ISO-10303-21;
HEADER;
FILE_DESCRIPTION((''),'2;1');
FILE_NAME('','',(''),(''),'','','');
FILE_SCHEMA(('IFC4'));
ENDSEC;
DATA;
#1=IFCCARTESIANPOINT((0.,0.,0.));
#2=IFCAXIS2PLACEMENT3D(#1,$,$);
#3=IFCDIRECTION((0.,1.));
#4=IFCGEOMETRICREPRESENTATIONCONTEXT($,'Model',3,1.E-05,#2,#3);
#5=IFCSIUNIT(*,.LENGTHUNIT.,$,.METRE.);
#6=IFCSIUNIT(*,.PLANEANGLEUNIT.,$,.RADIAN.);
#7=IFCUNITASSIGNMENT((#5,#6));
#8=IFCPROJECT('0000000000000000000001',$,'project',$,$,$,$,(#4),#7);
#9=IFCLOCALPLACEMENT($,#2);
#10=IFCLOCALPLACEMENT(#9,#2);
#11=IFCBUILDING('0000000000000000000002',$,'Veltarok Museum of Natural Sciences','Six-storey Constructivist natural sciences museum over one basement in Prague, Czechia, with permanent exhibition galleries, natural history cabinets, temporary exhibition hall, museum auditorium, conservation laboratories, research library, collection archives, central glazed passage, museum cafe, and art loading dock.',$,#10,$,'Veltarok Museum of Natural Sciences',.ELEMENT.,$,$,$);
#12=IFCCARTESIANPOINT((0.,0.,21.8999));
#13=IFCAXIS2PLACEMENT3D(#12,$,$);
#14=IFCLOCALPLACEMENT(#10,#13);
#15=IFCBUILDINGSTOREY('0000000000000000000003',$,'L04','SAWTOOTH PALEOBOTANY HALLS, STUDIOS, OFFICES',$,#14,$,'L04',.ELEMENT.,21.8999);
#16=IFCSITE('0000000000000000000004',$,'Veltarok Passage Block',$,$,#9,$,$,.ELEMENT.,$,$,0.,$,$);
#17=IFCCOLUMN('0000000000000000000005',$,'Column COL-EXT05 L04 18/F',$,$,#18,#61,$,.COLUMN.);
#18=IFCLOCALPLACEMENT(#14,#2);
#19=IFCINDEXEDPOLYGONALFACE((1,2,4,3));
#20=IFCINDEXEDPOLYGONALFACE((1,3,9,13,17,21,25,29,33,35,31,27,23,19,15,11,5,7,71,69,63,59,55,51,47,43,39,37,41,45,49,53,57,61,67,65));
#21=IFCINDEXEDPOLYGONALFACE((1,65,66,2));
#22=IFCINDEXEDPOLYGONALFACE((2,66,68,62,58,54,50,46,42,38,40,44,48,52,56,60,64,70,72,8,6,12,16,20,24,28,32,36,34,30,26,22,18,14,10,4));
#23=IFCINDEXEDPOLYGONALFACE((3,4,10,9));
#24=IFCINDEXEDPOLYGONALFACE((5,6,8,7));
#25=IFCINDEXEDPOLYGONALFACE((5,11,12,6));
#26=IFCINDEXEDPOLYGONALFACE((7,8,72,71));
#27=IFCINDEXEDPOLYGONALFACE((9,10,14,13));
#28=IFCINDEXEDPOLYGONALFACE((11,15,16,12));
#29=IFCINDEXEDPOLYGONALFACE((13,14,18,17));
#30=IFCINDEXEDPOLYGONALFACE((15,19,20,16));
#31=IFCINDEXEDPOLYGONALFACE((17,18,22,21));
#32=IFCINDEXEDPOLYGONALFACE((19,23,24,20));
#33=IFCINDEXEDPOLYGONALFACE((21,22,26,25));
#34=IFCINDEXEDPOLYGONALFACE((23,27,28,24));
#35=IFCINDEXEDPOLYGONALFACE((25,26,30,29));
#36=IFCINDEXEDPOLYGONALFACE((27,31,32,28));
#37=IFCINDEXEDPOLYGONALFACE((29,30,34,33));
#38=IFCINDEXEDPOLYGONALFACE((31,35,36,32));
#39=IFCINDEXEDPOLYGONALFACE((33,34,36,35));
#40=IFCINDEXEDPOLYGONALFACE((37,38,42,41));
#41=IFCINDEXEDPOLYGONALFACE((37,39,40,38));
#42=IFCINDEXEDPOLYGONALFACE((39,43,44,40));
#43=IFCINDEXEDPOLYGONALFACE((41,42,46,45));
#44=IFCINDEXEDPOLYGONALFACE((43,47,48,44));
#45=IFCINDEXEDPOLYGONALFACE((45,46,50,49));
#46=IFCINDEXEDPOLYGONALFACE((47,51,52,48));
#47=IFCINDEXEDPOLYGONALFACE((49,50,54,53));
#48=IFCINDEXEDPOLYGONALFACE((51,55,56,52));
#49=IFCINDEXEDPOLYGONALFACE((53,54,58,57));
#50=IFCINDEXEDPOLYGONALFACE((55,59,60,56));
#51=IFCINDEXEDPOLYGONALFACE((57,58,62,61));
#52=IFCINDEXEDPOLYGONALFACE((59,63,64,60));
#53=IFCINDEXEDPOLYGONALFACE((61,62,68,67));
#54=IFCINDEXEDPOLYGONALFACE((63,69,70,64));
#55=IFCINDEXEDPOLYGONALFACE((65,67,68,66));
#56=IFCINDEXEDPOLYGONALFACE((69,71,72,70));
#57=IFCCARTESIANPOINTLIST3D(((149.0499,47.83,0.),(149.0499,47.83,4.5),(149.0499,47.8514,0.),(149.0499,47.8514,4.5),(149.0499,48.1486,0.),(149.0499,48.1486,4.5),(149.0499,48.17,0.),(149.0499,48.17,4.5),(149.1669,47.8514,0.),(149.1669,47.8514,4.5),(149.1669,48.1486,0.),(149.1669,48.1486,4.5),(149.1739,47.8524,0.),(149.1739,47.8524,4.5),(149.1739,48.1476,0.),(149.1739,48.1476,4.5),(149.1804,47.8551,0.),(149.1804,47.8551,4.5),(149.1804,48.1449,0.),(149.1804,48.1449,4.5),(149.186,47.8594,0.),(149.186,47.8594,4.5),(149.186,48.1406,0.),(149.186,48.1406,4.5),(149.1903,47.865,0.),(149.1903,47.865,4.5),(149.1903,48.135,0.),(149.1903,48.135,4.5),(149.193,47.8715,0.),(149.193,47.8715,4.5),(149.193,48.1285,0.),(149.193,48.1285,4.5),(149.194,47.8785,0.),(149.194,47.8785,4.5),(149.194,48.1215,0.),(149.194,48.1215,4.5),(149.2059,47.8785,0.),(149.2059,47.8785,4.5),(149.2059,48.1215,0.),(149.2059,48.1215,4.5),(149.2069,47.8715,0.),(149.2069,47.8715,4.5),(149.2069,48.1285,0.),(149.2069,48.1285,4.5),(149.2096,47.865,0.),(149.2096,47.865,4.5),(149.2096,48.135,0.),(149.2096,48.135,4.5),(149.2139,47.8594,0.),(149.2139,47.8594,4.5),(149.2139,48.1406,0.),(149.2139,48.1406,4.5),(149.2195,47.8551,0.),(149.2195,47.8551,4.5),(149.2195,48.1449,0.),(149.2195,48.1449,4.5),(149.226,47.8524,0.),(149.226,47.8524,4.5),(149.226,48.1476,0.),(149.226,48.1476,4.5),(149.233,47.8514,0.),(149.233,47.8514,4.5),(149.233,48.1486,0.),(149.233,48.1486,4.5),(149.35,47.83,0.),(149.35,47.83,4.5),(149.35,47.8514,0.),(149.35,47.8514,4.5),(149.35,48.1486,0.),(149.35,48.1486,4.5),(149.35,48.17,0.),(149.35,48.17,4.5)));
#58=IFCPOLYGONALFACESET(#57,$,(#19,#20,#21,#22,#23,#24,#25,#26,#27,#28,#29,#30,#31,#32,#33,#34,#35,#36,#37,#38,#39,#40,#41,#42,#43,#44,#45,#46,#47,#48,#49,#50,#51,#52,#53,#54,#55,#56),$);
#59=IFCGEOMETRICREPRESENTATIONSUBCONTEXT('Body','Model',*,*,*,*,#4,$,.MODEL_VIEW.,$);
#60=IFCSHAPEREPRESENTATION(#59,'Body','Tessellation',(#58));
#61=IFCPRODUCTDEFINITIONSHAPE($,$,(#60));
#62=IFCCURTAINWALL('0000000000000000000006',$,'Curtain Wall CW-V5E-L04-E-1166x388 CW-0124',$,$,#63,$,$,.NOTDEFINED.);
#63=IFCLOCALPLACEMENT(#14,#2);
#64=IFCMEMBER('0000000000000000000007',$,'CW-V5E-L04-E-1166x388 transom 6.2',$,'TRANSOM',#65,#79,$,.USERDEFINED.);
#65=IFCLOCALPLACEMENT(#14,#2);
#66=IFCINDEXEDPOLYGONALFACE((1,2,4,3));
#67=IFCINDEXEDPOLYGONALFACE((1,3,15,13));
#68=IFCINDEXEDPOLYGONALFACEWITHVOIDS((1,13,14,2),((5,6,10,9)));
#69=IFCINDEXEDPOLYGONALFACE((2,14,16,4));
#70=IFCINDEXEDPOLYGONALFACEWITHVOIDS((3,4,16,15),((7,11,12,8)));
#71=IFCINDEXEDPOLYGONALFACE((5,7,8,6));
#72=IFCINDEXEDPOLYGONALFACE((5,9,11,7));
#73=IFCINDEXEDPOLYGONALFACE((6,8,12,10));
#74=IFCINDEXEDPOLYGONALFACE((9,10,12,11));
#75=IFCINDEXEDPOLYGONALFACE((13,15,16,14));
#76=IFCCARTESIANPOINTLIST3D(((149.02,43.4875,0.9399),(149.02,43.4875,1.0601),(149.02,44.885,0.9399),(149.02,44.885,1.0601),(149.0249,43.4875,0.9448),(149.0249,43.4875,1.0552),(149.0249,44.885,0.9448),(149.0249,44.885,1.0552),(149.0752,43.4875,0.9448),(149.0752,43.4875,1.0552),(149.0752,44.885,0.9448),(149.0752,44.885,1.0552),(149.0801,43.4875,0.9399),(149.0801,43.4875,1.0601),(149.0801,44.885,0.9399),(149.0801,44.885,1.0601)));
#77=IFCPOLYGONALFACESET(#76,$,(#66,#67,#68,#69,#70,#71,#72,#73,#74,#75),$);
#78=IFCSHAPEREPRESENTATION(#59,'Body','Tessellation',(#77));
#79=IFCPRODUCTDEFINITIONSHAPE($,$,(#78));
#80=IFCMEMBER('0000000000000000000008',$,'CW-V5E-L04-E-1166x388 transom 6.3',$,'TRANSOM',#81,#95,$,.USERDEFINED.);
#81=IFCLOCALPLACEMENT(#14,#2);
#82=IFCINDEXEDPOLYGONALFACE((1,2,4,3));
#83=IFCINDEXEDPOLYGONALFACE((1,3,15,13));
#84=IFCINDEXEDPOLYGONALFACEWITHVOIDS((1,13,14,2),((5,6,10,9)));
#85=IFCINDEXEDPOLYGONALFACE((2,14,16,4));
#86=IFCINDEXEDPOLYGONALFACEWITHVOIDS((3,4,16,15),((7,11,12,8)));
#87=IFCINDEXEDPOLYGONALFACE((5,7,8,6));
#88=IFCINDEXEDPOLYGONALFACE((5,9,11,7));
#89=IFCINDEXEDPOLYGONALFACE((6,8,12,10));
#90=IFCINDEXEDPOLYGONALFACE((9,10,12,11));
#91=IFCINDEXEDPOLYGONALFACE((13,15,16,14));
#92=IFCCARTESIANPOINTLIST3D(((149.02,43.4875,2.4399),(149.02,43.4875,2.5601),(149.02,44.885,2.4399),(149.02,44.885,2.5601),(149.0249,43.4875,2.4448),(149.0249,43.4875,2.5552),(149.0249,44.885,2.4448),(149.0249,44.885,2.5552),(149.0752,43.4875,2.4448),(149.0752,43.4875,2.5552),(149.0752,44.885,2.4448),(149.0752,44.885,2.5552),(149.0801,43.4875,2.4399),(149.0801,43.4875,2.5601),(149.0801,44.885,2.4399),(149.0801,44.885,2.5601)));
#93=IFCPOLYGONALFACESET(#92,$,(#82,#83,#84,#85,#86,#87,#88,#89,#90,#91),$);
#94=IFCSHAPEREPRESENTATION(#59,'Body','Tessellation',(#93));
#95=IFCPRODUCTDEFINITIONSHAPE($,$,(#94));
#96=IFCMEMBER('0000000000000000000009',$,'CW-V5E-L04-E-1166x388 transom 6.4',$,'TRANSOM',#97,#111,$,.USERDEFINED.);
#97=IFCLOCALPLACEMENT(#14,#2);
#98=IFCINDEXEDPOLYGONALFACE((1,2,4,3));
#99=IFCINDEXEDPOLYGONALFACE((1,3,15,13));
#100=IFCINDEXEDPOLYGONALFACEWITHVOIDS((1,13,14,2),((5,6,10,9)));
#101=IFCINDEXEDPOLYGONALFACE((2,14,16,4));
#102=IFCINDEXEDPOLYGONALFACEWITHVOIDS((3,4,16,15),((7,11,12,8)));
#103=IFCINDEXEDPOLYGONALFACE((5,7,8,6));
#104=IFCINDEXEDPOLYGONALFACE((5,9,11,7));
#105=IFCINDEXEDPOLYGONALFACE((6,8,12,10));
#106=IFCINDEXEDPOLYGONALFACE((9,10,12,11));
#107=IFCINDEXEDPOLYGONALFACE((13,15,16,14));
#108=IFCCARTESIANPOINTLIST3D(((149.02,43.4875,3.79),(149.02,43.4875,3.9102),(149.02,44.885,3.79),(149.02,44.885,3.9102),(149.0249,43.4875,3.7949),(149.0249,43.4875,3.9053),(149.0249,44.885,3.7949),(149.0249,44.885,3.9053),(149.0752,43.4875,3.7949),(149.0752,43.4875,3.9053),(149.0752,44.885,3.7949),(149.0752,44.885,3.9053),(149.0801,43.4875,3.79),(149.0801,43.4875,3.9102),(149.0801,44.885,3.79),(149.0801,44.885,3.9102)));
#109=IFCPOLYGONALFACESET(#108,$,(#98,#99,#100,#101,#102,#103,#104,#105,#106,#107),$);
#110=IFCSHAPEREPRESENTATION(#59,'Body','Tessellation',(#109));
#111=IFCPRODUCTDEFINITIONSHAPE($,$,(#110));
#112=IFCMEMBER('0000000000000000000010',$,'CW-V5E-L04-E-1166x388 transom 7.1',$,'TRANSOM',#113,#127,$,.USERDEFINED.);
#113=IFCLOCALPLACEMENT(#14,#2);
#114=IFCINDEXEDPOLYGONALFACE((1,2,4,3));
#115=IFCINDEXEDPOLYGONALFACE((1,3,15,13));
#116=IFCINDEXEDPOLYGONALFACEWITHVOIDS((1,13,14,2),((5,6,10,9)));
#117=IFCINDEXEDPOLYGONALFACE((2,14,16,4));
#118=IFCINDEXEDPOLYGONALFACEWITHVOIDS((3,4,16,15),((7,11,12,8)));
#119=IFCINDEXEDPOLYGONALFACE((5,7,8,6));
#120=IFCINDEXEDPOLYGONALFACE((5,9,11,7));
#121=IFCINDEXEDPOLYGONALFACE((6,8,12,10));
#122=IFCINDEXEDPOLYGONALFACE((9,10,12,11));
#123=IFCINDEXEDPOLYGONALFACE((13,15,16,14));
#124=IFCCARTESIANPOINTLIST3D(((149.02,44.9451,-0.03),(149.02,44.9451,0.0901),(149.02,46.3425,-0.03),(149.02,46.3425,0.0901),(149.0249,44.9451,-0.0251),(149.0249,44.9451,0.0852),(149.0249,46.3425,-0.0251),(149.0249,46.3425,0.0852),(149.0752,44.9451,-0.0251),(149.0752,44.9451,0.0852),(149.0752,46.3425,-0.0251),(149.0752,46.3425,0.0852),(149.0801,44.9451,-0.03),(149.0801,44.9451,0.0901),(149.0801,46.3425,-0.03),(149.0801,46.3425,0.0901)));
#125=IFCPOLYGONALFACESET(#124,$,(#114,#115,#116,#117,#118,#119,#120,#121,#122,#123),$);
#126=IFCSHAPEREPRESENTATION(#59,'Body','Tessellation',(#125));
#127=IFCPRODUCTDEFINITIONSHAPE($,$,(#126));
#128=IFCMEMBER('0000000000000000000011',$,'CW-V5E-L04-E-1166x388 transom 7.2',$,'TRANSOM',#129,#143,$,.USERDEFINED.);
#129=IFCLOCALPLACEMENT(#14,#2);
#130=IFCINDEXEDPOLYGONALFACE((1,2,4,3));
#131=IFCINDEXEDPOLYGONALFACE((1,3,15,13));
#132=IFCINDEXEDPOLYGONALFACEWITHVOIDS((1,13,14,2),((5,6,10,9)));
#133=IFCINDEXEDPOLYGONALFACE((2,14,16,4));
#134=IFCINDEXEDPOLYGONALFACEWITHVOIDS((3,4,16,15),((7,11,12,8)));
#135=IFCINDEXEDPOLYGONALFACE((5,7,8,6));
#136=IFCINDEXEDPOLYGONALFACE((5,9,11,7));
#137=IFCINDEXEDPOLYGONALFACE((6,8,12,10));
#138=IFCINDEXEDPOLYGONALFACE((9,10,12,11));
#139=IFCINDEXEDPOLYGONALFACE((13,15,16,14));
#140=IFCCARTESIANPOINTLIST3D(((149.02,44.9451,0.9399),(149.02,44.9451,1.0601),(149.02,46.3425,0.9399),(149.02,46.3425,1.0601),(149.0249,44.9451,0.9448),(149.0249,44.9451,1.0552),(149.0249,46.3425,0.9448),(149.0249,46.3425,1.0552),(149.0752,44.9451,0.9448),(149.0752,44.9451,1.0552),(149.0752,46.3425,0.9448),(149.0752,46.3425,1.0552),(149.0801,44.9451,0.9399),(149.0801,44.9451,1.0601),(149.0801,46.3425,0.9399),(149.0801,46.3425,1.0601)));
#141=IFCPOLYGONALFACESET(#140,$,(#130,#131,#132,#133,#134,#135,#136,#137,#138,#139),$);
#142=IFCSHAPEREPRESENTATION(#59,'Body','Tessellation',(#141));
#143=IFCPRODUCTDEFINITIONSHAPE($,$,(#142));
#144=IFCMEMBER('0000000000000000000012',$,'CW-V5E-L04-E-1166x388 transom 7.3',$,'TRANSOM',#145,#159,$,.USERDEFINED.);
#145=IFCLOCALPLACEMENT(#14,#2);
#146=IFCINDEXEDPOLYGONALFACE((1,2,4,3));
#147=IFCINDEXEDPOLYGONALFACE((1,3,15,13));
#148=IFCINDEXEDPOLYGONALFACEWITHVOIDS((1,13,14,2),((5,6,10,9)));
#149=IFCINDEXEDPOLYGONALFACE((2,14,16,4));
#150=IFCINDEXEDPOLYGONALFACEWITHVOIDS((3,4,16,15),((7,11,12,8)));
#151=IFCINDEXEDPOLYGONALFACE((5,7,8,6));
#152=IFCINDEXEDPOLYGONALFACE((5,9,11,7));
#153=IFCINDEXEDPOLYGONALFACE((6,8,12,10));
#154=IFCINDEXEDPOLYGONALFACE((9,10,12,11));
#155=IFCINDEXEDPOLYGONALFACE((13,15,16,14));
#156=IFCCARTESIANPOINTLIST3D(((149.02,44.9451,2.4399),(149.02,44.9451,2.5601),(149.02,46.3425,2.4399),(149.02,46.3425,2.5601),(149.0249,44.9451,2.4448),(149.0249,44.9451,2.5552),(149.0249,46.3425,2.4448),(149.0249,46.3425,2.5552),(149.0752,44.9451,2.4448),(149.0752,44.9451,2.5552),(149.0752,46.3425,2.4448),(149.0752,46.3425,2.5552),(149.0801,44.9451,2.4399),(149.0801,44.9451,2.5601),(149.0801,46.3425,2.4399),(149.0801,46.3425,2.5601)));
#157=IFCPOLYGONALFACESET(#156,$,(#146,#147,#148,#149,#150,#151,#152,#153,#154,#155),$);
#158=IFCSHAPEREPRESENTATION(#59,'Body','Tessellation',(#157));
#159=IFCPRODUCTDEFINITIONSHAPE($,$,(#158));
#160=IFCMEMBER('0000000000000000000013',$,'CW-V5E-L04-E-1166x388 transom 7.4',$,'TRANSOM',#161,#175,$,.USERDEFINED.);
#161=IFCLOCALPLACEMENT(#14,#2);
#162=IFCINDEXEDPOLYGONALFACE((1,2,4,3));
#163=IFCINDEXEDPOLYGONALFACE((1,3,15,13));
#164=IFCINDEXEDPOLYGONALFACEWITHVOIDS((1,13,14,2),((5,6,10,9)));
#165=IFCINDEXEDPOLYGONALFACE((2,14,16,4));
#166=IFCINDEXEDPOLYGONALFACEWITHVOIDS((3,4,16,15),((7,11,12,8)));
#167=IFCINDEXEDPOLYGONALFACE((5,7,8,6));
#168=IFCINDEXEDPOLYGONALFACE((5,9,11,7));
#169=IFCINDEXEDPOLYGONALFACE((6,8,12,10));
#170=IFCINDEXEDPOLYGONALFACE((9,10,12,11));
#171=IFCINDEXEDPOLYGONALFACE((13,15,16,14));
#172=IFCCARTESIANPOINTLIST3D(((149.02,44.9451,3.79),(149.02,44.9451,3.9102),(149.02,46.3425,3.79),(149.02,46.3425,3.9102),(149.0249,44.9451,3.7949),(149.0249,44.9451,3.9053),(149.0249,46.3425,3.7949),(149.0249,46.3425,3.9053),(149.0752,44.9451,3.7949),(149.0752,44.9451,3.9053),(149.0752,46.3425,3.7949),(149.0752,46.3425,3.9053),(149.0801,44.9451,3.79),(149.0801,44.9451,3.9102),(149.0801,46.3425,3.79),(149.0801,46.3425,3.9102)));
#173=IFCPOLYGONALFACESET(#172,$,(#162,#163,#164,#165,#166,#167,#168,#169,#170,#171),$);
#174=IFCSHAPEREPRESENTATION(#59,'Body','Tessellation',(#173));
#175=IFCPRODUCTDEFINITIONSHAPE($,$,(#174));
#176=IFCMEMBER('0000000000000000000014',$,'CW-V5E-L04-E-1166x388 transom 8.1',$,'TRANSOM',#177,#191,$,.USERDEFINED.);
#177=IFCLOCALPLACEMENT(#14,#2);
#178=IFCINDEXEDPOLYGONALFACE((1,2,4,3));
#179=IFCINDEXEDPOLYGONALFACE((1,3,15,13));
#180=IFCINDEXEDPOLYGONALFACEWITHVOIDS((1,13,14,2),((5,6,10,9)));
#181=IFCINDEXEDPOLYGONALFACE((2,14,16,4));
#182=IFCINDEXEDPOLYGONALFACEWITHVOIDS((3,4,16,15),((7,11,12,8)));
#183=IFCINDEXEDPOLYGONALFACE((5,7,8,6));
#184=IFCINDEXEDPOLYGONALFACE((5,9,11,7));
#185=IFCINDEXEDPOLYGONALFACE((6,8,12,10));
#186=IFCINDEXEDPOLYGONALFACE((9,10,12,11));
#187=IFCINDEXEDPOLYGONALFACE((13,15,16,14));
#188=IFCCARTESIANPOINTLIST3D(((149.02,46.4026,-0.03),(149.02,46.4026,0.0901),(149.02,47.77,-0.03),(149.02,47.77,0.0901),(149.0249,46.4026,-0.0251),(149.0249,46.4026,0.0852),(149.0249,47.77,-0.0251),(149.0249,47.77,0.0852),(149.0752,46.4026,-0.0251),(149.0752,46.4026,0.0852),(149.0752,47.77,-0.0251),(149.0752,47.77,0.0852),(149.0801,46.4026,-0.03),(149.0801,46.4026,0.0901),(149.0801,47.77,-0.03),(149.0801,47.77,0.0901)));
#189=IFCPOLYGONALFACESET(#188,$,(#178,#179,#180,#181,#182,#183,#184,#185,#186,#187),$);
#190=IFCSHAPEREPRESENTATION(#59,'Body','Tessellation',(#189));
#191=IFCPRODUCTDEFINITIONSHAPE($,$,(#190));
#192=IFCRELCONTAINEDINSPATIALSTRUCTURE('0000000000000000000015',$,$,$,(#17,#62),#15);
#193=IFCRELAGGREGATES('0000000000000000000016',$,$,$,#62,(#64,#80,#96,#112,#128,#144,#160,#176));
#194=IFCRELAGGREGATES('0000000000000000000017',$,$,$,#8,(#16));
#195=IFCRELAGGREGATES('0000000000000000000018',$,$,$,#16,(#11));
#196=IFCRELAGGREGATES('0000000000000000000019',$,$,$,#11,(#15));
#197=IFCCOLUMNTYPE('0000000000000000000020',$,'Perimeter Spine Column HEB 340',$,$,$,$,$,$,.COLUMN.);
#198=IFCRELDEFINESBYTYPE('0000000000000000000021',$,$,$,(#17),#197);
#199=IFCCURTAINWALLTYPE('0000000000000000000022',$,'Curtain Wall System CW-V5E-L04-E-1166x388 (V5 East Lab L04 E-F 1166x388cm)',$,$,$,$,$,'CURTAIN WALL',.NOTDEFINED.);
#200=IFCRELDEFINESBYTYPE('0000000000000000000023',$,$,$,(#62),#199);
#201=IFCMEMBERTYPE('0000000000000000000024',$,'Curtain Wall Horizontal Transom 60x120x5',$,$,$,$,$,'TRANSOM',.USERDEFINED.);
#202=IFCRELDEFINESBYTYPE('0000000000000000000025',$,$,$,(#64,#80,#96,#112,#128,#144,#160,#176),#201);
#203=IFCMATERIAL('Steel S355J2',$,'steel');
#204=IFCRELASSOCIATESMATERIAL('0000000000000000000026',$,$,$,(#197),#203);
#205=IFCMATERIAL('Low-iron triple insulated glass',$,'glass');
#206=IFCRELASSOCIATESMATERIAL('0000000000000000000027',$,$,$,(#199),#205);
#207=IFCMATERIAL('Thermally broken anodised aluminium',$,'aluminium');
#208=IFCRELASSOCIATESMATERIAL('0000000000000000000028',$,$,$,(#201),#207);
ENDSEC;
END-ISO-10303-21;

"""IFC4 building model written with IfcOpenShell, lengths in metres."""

from ifc_helpers import new_model, si_unit, direction, frame, origin, origin_2d, place, context, subcontext, project, spatial, hollow_rectangle, i_section, extrude, material, material_profile, profile_set, type_object, element, aggregate, save


model = new_model("IFC4")

# Units and contexts
model_context = context("Model", 3, precision=1e-05, world=origin(), true_north=direction((0.0, 1.0)))
body_context = subcontext(model_context, "Body", "Model", "MODEL_VIEW")
ifc_project = project(units=[si_unit("LENGTHUNIT", "METRE"), si_unit("PLANEANGLEUNIT", "RADIAN")], contexts=[model_context])

# Site, building, storey
site_placement = place(None, origin())
site = spatial("IfcSite", under=ifc_project, at=site_placement, Name="Veltarok Passage Block", CompositionType="ELEMENT", RefElevation=0.0)
building_placement = place(site_placement, origin())
building = spatial("IfcBuilding", under=site, at=building_placement, Name="Veltarok Museum of Natural Sciences", Description="Six-storey Constructivist natural sciences museum over one basement in Prague, Czechia, with permanent exhibition galleries, natural history cabinets, temporary exhibition hall, museum auditorium, conservation laboratories, research library, collection archives, central glazed passage, museum cafe, and art loading dock.", LongName="Veltarok Museum of Natural Sciences", CompositionType="ELEMENT")
storey_placement = place(building_placement, frame((0.0, 0.0, 21.8999)))
storey = spatial("IfcBuildingStorey", under=building, at=storey_placement, Name="L04", Description="SAWTOOTH PALEOBOTANY HALLS, STUDIOS, OFFICES", LongName="L04", CompositionType="ELEMENT", Elevation=21.8999)

# Column
ifc_material_1 = material(Name="Steel S355J2", Category="steel")
ifc_material_profile_1 = material_profile(ifc_material_1, i_section(OverallWidth=0.3, OverallDepth=0.3401, WebThickness=0.012, FlangeThickness=0.0215, FilletRadius=0.0271, at=origin_2d()), Name="HEB 340")
ifc_profile_set_1 = profile_set([ifc_material_profile_1], Name="Steel S355J2")
column_type = type_object("IfcColumnType", Name="Perimeter Spine Column HEB 340", PredefinedType="COLUMN", material=ifc_profile_set_1)
column_placement = place(storey_placement, frame((149.2, 48.0, 0.0), z_axis=(0.0, 0.0, 1.0), x_axis=(1.0, 0.0, 0.0)))
element("IfcColumn", 1, at=column_placement, inside=storey, type_object=column_type, Name="Column COL-EXT05 L04 18/F", PredefinedType="COLUMN", context=body_context, shape_type="SweptSolid", body=[
    extrude(i_section(OverallWidth=0.3, OverallDepth=0.3401, WebThickness=0.012, FlangeThickness=0.0215, FilletRadius=0.0271, at=origin_2d()), origin(), (0.0, 0.0, 1.0), 4.5),
])

# Curtain wall, members
ifc_material_2 = material(Name="Low-iron triple insulated glass", Category="glass")
curtain_wall_type = type_object("IfcCurtainWallType", Name="Curtain Wall System CW-V5E-L04-E-1166x388 (V5 East Lab L04 E-F 1166x388cm)", ElementType="CURTAIN WALL", PredefinedType="NOTDEFINED", material=ifc_material_2)
curtain_wall_placement = place(storey_placement, origin())
curtain_wall = element("IfcCurtainWall", 2, at=curtain_wall_placement, inside=storey, type_object=curtain_wall_type, Name="Curtain Wall CW-V5E-L04-E-1166x388 CW-0124", PredefinedType="NOTDEFINED")
ifc_material_3 = material(Name="Thermally broken anodised aluminium", Category="aluminium")
ifc_material_profile_2 = material_profile(ifc_material_3, hollow_rectangle(XDim=0.0601, YDim=0.1201, WallThickness=0.0049, at=origin_2d()), Name="CW TRANSOM 60x120x5")
ifc_profile_set_2 = profile_set([ifc_material_profile_2], Name="Thermally broken anodised aluminium")
member_type_1 = type_object("IfcMemberType", Name="Curtain Wall Horizontal Transom 60x120x5", ElementType="TRANSOM", PredefinedType="USERDEFINED", material=ifc_profile_set_2)
member_1_placement = place(storey_placement, frame((149.05, 43.4875, 1.0), z_axis=(0.0, 1.0, 0.0), x_axis=(-1.0, 0.0, 0.0)))
member_1 = element("IfcMember", 3, at=member_1_placement, type_object=member_type_1, Name="CW-V5E-L04-E-1166x388 transom 6.2", ObjectType="TRANSOM", PredefinedType="USERDEFINED", context=body_context, shape_type="SweptSolid", body=[
    extrude(hollow_rectangle(XDim=0.0601, YDim=0.1201, WallThickness=0.0049, at=origin_2d()), origin(), (0.0, 0.0, 1.0), 1.3975),
])
member_2_placement = place(storey_placement, frame((149.05, 43.4875, 2.5), z_axis=(0.0, 1.0, 0.0), x_axis=(-1.0, 0.0, 0.0)))
member_2 = element("IfcMember", 4, at=member_2_placement, type_object=member_type_1, Name="CW-V5E-L04-E-1166x388 transom 6.3", ObjectType="TRANSOM", PredefinedType="USERDEFINED", context=body_context, shape_type="SweptSolid", body=[
    extrude(hollow_rectangle(XDim=0.0601, YDim=0.1201, WallThickness=0.0049, at=origin_2d()), origin(), (0.0, 0.0, 1.0), 1.3975),
])
member_3_placement = place(storey_placement, frame((149.05, 43.4875, 3.8501), z_axis=(0.0, 1.0, 0.0), x_axis=(-1.0, 0.0, 0.0)))
member_3 = element("IfcMember", 5, at=member_3_placement, type_object=member_type_1, Name="CW-V5E-L04-E-1166x388 transom 6.4", ObjectType="TRANSOM", PredefinedType="USERDEFINED", context=body_context, shape_type="SweptSolid", body=[
    extrude(hollow_rectangle(XDim=0.0601, YDim=0.1201, WallThickness=0.0049, at=origin_2d()), origin(), (0.0, 0.0, 1.0), 1.3975),
])
member_4_placement = place(storey_placement, frame((149.05, 44.9451, 0.03), z_axis=(0.0, 1.0, 0.0), x_axis=(-1.0, 0.0, 0.0)))
member_4 = element("IfcMember", 6, at=member_4_placement, type_object=member_type_1, Name="CW-V5E-L04-E-1166x388 transom 7.1", ObjectType="TRANSOM", PredefinedType="USERDEFINED", context=body_context, shape_type="SweptSolid", body=[
    extrude(hollow_rectangle(XDim=0.0601, YDim=0.1201, WallThickness=0.0049, at=origin_2d()), origin(), (0.0, 0.0, 1.0), 1.3975),
])
member_5_placement = place(storey_placement, frame((149.05, 44.9451, 1.0), z_axis=(0.0, 1.0, 0.0), x_axis=(-1.0, 0.0, 0.0)))
member_5 = element("IfcMember", 7, at=member_5_placement, type_object=member_type_1, Name="CW-V5E-L04-E-1166x388 transom 7.2", ObjectType="TRANSOM", PredefinedType="USERDEFINED", context=body_context, shape_type="SweptSolid", body=[
    extrude(hollow_rectangle(XDim=0.0601, YDim=0.1201, WallThickness=0.0049, at=origin_2d()), origin(), (0.0, 0.0, 1.0), 1.3975),
])
member_6_placement = place(storey_placement, frame((149.05, 44.9451, 2.5), z_axis=(0.0, 1.0, 0.0), x_axis=(-1.0, 0.0, 0.0)))
member_6 = element("IfcMember", 8, at=member_6_placement, type_object=member_type_1, Name="CW-V5E-L04-E-1166x388 transom 7.3", ObjectType="TRANSOM", PredefinedType="USERDEFINED", context=body_context, shape_type="SweptSolid", body=[
    extrude(hollow_rectangle(XDim=0.0601, YDim=0.1201, WallThickness=0.0049, at=origin_2d()), origin(), (0.0, 0.0, 1.0), 1.3975),
])
member_7_placement = place(storey_placement, frame((149.05, 44.9451, 3.8501), z_axis=(0.0, 1.0, 0.0), x_axis=(-1.0, 0.0, 0.0)))
member_7 = element("IfcMember", 9, at=member_7_placement, type_object=member_type_1, Name="CW-V5E-L04-E-1166x388 transom 7.4", ObjectType="TRANSOM", PredefinedType="USERDEFINED", context=body_context, shape_type="SweptSolid", body=[
    extrude(hollow_rectangle(XDim=0.0601, YDim=0.1201, WallThickness=0.0049, at=origin_2d()), origin(), (0.0, 0.0, 1.0), 1.3975),
])
member_8_placement = place(storey_placement, frame((149.05, 46.4026, 0.03), z_axis=(0.0, 1.0, 0.0), x_axis=(-1.0, 0.0, 0.0)))
member_8 = element("IfcMember", 10, at=member_8_placement, type_object=member_type_1, Name="CW-V5E-L04-E-1166x388 transom 8.1", ObjectType="TRANSOM", PredefinedType="USERDEFINED", context=body_context, shape_type="SweptSolid", body=[
    extrude(hollow_rectangle(XDim=0.0601, YDim=0.1201, WallThickness=0.0049, at=origin_2d()), origin(), (0.0, 0.0, 1.0), 1.3674),
])

aggregate(curtain_wall, [member_1, member_2, member_3, member_4, member_5, member_6, member_7, member_8])

save(model, "model.ifc")
